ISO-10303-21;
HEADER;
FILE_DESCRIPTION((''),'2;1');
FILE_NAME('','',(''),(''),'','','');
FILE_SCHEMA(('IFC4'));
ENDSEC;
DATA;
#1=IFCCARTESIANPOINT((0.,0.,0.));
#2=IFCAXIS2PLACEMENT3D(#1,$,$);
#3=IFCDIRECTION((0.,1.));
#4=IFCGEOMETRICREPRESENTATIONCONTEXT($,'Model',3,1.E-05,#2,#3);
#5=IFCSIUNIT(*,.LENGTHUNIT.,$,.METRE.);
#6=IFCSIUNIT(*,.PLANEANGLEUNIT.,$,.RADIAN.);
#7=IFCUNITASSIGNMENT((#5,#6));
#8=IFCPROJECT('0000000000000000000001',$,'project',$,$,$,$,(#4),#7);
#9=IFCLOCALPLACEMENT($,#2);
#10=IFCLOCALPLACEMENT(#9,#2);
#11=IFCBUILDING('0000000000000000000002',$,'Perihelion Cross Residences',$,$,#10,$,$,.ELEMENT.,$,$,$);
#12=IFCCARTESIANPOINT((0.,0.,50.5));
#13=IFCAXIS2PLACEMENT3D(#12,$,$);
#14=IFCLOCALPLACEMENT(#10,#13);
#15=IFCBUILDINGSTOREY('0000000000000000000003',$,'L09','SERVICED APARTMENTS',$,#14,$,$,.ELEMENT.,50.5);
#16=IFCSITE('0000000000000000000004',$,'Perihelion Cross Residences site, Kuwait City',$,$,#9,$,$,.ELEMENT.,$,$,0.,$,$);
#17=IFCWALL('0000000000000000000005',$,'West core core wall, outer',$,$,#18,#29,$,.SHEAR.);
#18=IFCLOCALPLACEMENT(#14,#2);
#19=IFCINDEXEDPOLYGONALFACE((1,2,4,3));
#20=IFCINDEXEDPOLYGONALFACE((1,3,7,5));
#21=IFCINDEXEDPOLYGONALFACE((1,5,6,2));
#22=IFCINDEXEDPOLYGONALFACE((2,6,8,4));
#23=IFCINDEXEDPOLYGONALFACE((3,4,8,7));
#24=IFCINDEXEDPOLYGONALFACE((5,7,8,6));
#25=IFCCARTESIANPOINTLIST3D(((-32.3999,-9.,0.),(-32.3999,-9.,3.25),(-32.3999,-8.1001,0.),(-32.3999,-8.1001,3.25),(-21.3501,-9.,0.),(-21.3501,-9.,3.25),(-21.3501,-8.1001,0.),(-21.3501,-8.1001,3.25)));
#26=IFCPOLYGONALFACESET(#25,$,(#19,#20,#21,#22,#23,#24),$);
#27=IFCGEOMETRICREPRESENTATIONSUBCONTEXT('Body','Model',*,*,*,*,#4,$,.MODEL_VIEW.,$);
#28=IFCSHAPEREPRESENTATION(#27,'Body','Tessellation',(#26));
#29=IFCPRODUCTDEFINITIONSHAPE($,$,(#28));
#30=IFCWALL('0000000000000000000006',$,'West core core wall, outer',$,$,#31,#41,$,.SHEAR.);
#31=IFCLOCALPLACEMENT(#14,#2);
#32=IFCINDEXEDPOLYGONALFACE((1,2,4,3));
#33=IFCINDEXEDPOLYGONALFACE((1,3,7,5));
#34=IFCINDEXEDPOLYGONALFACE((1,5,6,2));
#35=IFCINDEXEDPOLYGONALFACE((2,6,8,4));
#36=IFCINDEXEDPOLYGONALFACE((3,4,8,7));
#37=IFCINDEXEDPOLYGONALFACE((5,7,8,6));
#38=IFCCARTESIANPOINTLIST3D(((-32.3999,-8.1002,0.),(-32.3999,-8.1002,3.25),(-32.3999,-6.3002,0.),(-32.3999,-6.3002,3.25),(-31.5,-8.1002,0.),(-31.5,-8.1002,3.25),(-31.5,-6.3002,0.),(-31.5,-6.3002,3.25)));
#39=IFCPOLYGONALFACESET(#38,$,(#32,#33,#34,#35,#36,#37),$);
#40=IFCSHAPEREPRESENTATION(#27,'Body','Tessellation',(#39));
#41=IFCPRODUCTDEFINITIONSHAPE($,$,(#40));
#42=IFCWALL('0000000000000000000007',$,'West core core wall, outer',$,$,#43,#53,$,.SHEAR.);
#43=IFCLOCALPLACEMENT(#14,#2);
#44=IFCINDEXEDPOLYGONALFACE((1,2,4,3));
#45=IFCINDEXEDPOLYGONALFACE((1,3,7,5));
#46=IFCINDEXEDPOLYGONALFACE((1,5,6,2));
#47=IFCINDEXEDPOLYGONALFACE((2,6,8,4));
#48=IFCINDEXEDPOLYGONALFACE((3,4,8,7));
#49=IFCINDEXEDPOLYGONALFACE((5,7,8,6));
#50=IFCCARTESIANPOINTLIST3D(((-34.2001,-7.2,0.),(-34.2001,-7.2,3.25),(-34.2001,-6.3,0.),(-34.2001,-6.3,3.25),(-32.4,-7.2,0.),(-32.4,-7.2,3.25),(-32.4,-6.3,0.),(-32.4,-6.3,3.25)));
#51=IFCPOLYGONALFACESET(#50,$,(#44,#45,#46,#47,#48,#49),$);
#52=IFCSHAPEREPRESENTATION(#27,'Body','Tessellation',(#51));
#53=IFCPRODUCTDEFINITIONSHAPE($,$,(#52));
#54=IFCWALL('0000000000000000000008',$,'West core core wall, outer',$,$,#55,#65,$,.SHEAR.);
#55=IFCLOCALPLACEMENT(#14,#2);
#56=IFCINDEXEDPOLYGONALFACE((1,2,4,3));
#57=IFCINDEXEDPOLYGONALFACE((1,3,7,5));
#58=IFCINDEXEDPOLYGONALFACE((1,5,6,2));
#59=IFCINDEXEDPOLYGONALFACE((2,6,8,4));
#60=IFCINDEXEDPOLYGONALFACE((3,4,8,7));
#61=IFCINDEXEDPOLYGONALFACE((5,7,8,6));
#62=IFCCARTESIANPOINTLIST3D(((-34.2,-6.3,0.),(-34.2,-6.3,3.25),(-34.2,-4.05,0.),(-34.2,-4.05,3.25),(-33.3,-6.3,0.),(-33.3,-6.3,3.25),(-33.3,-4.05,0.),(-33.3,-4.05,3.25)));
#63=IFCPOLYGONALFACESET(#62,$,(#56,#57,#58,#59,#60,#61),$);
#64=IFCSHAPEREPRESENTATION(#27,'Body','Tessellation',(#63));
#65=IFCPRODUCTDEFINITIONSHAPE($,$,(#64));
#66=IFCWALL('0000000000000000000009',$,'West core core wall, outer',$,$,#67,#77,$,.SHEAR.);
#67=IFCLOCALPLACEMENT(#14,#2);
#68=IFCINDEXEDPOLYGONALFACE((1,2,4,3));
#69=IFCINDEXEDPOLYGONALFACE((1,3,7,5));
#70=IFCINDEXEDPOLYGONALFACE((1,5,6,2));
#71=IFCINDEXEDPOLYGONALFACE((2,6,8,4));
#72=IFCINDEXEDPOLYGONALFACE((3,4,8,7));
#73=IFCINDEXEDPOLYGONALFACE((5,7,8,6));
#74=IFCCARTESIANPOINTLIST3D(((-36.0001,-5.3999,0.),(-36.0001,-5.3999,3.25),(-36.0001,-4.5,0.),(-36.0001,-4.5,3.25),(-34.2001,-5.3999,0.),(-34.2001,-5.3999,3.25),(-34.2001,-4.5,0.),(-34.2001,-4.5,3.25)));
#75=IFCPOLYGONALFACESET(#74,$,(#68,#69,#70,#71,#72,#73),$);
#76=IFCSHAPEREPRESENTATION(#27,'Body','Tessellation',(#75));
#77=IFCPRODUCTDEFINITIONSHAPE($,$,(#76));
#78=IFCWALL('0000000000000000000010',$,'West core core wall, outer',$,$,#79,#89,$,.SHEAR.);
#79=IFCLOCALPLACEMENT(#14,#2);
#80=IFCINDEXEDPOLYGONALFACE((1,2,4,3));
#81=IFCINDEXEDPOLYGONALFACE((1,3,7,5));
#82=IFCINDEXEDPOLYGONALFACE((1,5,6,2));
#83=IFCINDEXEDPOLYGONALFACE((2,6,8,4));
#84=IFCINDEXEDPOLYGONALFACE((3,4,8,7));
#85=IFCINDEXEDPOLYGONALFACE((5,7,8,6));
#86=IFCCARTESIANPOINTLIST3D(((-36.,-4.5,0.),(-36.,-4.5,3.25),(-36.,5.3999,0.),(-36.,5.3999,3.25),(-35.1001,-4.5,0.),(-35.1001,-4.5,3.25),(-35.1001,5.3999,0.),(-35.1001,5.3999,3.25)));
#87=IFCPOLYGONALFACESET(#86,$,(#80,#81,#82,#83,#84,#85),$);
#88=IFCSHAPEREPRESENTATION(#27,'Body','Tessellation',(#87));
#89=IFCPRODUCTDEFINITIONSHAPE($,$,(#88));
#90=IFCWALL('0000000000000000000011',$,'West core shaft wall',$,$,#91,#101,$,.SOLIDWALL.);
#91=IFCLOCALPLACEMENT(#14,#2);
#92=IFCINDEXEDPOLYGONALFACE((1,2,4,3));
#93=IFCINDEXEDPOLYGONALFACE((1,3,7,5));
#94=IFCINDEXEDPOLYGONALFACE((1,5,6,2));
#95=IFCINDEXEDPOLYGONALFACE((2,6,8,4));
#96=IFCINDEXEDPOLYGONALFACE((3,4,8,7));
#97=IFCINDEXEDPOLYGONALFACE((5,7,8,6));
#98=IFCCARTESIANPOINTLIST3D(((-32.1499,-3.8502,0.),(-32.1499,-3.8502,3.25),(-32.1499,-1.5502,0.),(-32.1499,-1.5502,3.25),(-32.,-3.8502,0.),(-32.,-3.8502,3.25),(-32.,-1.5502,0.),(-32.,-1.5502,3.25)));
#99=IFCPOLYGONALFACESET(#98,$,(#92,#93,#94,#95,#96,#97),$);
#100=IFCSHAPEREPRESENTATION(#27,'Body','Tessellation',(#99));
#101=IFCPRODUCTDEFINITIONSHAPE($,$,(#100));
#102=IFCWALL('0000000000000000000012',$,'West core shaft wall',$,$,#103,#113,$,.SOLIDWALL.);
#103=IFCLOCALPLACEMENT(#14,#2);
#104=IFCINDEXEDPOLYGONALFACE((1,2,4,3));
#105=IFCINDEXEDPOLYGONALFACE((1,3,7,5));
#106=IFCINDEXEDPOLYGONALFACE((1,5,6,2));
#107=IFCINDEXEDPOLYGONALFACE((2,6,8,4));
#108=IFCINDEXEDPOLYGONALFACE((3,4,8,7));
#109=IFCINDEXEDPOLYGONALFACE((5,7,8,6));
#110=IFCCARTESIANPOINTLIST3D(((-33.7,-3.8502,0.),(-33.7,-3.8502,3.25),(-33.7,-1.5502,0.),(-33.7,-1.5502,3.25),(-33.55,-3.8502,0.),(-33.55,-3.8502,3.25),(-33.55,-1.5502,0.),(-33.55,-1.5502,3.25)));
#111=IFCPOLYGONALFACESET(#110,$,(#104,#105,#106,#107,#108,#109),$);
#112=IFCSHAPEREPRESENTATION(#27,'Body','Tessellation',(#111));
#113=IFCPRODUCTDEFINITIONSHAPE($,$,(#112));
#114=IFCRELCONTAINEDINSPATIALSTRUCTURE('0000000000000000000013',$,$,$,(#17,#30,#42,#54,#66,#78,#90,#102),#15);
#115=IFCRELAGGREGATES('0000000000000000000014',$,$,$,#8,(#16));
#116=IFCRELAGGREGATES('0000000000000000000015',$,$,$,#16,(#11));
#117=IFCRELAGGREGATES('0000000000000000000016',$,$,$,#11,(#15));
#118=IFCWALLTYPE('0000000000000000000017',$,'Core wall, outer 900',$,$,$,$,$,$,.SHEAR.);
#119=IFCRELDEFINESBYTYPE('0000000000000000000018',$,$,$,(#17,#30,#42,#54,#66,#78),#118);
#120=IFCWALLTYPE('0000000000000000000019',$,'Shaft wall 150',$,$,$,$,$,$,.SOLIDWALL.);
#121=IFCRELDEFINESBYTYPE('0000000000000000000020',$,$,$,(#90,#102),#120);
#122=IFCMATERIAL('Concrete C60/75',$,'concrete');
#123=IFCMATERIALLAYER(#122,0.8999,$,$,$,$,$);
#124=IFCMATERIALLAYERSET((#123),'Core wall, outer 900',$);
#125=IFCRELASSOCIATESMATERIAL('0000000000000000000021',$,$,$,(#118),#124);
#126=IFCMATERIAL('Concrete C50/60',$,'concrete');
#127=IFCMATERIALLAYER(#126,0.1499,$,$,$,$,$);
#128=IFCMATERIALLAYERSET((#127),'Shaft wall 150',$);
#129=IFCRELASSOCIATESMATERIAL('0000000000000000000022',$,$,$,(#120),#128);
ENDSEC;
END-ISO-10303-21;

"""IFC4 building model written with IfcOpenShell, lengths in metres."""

from ifc_helpers import new_model, si_unit, direction, frame, frame_2d, origin, place, context, subcontext, project, spatial, rectangle, extrude, material, layer, layer_set, type_object, element, save


model = new_model("IFC4")

# Units and contexts
model_context = context("Model", 3, precision=1e-05, world=origin(), true_north=direction((0.0, 1.0)))
body_context = subcontext(model_context, "Body", "Model", "MODEL_VIEW")
ifc_project = project(units=[si_unit("LENGTHUNIT", "METRE"), si_unit("PLANEANGLEUNIT", "RADIAN")], contexts=[model_context])

# Site, building, storey
site_placement = place(None, origin())
site = spatial("IfcSite", under=ifc_project, at=site_placement, Name="Perihelion Cross Residences site, Kuwait City", CompositionType="ELEMENT", RefElevation=0.0)
building_placement = place(site_placement, origin())
building = spatial("IfcBuilding", under=site, at=building_placement, Name="Perihelion Cross Residences", CompositionType="ELEMENT")
storey_placement = place(building_placement, frame((0.0, 0.0, 50.5)))
storey = spatial("IfcBuildingStorey", under=building, at=storey_placement, Name="L09", Description="SERVICED APARTMENTS", CompositionType="ELEMENT", Elevation=50.5)

# Walls
ifc_material_1 = material(Name="Concrete C60/75", Category="concrete")
ifc_layer_1 = layer(ifc_material_1, 0.8999)
ifc_layer_set_1 = layer_set([ifc_layer_1], Name="Core wall, outer 900")
wall_type_1 = type_object("IfcWallType", Name="Core wall, outer 900", PredefinedType="SHEAR", material=ifc_layer_set_1)
wall_1_placement = place(storey_placement, frame((-32.3999, -8.55, 0.0), z_axis=(0.0, 0.0, 1.0), x_axis=(1.0, 0.0, 0.0)))
element("IfcWall", 1, at=wall_1_placement, inside=storey, type_object=wall_type_1, Name="West core core wall, outer", PredefinedType="SHEAR", context=body_context, shape_type="SweptSolid", body=[
    extrude(rectangle(XDim=11.0498, YDim=0.8999, at=frame_2d((5.5249, 0.0))), origin(), (0.0, 0.0, 1.0), 3.25),
])
for number, where, z_axis, x_axis, name in (
    (2, (-31.95, -8.1001, 0.0), (0.0, 0.0, 1.0), (0.0, 1.0, 0.0), "West core core wall, outer"),
    (3, (-34.2, -6.75, 0.0), (0.0, 0.0, 1.0), (1.0, 0.0, 0.0), "West core core wall, outer"),
):
    element("IfcWall", number, at=place(storey_placement, frame(where, z_axis=z_axis, x_axis=x_axis)), inside=storey, type_object=wall_type_1, Name=name, PredefinedType="SHEAR", context=body_context, shape_type="SweptSolid", body=[
        extrude(rectangle(XDim=1.8, YDim=0.8999, at=frame_2d((0.8999, 0.0))), origin(), (0.0, 0.0, 1.0), 3.25),
    ])
wall_2_placement = place(storey_placement, frame((-33.75, -6.3, 0.0), z_axis=(0.0, 0.0, 1.0), x_axis=(0.0, 1.0, 0.0)))
element("IfcWall", 4, at=wall_2_placement, inside=storey, type_object=wall_type_1, Name="West core core wall, outer", PredefinedType="SHEAR", context=body_context, shape_type="SweptSolid", body=[
    extrude(rectangle(XDim=2.25, YDim=0.8999, at=frame_2d((1.125, 0.0))), origin(), (0.0, 0.0, 1.0), 3.25),
])
wall_3_placement = place(storey_placement, frame((-36.0, -4.95, 0.0), z_axis=(0.0, 0.0, 1.0), x_axis=(1.0, 0.0, 0.0)))
element("IfcWall", 5, at=wall_3_placement, inside=storey, type_object=wall_type_1, Name="West core core wall, outer", PredefinedType="SHEAR", context=body_context, shape_type="SweptSolid", body=[
    extrude(rectangle(XDim=1.8, YDim=0.8999, at=frame_2d((0.8999, 0.0))), origin(), (0.0, 0.0, 1.0), 3.25),
])
wall_4_placement = place(storey_placement, frame((-35.55, -4.5, 0.0), z_axis=(0.0, 0.0, 1.0), x_axis=(0.0, 1.0, 0.0)))
element("IfcWall", 6, at=wall_4_placement, inside=storey, type_object=wall_type_1, Name="West core core wall, outer", PredefinedType="SHEAR", context=body_context, shape_type="SweptSolid", body=[
    extrude(rectangle(XDim=9.8999, YDim=0.8999, at=frame_2d((4.95, 0.0))), origin(), (0.0, 0.0, 1.0), 3.25),
])
ifc_material_2 = material(Name="Concrete C50/60", Category="concrete")
ifc_layer_2 = layer(ifc_material_2, 0.1499)
ifc_layer_set_2 = layer_set([ifc_layer_2], Name="Shaft wall 150")
wall_type_2 = type_object("IfcWallType", Name="Shaft wall 150", PredefinedType="SOLIDWALL", material=ifc_layer_set_2)
for number, where, z_axis, x_axis, name in (
    (7, (-32.075, -3.8501, 0.0), (0.0, 0.0, 1.0), (0.0, 1.0, 0.0), "West core shaft wall"),
    (8, (-33.625, -3.8501, 0.0), (0.0, 0.0, 1.0), (0.0, 1.0, 0.0), "West core shaft wall"),
):
    element("IfcWall", number, at=place(storey_placement, frame(where, z_axis=z_axis, x_axis=x_axis)), inside=storey, type_object=wall_type_2, Name=name, PredefinedType="SOLIDWALL", context=body_context, shape_type="SweptSolid", body=[
        extrude(rectangle(XDim=2.3, YDim=0.1499, at=frame_2d((1.1499, 0.0))), origin(), (0.0, 0.0, 1.0), 3.25),
    ])

save(model, "model.ifc")
